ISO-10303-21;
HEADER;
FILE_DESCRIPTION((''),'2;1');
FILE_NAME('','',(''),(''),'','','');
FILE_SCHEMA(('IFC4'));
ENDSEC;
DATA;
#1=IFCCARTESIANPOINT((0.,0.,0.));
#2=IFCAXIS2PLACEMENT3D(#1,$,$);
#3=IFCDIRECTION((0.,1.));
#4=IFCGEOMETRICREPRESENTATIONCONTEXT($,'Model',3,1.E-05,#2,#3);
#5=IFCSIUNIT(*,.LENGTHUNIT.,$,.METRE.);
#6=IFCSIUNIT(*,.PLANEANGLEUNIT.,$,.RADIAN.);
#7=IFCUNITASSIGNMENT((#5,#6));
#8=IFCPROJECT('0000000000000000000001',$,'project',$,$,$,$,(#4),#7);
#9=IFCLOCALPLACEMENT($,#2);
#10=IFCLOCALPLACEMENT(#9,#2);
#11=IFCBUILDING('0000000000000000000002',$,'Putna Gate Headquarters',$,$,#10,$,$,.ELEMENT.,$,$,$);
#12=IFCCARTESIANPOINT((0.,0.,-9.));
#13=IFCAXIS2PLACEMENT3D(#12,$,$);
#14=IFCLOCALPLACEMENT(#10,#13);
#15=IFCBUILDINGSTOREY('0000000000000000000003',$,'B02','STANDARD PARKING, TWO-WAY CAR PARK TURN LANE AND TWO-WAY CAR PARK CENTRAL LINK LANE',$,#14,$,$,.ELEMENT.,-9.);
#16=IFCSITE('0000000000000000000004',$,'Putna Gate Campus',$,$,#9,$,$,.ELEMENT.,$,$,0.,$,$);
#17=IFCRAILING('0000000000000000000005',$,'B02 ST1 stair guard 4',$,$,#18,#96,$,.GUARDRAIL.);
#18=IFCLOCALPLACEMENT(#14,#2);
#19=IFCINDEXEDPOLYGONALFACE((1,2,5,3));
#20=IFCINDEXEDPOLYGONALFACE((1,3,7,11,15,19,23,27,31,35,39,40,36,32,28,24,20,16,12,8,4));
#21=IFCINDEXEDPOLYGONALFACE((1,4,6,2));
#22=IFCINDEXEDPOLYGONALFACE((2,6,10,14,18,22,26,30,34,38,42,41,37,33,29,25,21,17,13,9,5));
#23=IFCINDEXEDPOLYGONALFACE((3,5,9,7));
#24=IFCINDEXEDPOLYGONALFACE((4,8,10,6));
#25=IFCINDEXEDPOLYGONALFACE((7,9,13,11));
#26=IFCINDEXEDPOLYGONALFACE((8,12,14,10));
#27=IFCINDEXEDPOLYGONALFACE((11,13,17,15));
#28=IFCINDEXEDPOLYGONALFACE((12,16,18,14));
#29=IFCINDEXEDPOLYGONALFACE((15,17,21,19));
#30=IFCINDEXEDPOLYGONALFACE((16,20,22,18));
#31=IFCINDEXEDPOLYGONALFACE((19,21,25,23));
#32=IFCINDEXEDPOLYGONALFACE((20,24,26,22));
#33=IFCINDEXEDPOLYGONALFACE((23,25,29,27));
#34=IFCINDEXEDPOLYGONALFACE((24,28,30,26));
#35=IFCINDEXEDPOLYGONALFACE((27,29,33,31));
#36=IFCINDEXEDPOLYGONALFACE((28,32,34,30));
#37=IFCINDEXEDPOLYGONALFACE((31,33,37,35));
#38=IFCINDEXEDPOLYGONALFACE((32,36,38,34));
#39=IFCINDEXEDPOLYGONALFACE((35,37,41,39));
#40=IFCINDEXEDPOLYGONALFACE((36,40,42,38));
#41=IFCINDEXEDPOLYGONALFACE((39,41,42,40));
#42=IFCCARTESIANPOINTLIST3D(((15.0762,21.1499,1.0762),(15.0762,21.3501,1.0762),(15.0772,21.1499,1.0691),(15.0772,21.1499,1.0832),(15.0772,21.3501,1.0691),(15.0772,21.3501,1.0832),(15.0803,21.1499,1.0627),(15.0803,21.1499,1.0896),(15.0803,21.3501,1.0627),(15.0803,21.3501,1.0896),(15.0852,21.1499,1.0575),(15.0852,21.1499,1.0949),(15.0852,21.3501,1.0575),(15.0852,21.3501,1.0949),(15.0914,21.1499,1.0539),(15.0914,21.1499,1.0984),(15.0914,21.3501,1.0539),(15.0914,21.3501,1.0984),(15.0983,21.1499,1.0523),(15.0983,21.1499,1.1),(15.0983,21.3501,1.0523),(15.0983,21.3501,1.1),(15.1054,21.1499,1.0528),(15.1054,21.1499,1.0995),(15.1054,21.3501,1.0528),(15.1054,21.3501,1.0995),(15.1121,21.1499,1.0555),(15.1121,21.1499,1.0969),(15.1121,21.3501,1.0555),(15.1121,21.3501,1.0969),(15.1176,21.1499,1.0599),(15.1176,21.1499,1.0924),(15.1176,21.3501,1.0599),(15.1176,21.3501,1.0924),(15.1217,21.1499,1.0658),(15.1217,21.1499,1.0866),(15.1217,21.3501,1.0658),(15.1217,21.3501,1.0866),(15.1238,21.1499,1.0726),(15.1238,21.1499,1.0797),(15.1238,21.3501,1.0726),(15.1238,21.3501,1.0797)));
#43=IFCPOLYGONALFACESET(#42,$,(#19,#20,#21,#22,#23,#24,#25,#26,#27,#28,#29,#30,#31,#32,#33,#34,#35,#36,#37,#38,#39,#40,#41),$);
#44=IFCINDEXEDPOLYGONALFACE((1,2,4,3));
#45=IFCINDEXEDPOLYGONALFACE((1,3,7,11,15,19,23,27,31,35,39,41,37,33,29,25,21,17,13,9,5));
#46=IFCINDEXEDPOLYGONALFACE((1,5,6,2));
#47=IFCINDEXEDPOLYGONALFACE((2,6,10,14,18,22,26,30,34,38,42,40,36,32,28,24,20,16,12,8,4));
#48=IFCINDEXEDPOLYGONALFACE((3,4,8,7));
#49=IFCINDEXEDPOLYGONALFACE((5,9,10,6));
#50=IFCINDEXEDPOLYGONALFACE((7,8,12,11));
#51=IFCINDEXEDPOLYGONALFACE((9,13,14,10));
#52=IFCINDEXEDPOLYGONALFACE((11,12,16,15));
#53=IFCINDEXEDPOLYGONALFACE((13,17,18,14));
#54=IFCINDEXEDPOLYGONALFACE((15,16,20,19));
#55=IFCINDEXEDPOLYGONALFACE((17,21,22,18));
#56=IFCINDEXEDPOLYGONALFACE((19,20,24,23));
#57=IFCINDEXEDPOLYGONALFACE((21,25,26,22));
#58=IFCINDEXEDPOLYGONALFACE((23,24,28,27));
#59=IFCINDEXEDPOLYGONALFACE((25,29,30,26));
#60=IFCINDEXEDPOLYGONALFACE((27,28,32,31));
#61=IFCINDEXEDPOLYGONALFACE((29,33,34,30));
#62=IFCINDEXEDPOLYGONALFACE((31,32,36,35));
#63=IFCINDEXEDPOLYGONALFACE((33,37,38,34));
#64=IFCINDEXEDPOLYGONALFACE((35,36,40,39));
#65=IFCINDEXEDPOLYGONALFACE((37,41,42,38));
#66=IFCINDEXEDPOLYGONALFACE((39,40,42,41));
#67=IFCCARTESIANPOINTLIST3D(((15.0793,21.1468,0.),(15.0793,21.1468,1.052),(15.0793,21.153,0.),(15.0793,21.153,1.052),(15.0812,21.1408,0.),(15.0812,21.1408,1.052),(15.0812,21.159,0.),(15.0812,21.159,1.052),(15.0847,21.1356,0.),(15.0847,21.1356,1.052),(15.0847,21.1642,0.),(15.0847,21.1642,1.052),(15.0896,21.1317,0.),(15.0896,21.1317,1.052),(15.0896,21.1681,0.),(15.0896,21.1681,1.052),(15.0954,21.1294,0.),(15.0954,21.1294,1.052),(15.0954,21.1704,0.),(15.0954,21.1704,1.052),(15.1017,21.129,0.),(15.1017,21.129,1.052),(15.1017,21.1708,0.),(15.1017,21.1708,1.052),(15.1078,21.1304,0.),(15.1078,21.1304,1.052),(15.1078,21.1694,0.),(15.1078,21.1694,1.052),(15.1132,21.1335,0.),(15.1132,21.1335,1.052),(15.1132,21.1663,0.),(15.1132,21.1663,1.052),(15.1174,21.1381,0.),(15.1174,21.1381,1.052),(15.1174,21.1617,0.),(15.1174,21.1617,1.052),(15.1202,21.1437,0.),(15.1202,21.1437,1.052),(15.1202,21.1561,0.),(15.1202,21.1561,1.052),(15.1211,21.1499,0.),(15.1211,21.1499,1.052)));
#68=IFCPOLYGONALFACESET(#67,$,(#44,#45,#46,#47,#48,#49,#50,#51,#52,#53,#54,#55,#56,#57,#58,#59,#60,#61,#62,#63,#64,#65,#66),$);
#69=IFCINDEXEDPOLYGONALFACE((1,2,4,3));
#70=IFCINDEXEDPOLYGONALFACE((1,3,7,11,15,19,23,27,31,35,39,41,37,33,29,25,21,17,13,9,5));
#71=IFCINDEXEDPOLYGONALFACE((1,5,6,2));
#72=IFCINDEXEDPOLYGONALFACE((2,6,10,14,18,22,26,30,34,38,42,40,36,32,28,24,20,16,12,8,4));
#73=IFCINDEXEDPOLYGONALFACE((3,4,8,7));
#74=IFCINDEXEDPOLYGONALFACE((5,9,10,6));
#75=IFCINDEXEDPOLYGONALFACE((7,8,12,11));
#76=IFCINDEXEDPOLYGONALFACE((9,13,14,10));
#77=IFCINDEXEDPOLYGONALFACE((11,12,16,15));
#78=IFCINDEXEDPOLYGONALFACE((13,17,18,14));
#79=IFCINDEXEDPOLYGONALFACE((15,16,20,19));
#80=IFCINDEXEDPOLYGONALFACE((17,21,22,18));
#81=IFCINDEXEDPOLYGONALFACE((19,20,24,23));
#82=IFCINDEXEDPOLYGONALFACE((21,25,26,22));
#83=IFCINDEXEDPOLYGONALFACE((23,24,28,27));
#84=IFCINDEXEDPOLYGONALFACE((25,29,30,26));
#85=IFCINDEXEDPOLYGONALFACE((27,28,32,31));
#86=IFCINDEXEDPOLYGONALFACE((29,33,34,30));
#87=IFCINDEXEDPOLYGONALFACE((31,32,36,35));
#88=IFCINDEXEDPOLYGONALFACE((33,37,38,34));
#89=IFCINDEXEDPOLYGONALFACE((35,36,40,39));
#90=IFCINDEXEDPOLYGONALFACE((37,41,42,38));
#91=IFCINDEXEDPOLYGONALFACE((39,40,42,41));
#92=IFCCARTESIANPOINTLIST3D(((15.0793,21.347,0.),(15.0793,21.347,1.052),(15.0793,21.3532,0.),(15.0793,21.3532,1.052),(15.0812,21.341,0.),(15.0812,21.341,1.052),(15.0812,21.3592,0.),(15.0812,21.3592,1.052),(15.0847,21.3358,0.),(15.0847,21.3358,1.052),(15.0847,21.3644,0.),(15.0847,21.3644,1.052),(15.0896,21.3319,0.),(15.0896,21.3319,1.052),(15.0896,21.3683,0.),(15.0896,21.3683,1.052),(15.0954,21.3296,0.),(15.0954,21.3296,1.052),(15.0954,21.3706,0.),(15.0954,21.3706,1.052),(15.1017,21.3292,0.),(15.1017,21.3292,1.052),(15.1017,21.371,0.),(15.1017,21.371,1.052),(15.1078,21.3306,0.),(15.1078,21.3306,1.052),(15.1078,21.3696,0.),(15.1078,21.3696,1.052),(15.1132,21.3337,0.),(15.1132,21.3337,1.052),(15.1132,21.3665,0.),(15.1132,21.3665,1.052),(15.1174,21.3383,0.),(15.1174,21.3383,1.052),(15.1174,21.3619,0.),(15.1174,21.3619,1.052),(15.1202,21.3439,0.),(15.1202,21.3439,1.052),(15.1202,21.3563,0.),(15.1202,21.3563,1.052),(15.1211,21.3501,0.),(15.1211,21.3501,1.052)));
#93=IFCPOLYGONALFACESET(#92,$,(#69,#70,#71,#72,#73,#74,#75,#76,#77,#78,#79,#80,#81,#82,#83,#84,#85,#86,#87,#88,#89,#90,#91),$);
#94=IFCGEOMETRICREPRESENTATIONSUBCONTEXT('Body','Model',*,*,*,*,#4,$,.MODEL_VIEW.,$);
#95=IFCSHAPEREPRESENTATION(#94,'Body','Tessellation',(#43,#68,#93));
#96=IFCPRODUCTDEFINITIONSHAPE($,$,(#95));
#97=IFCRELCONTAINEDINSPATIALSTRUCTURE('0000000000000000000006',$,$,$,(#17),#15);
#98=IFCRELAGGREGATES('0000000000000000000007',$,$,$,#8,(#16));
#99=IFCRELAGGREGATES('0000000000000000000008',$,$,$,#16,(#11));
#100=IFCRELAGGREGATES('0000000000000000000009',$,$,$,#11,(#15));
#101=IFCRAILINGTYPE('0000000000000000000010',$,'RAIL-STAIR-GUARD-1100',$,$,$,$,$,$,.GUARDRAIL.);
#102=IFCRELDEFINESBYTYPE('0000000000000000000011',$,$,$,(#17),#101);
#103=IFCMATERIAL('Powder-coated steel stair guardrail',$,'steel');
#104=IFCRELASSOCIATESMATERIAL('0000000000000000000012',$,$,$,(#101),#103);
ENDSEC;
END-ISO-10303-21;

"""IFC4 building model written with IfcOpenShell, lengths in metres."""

from ifc_helpers import new_model, si_unit, direction, frame, origin, origin_2d, place, context, subcontext, project, spatial, circle, extrude, material, type_object, element, save


model = new_model("IFC4")

# Units and contexts
model_context = context("Model", 3, precision=1e-05, world=origin(), true_north=direction((0.0, 1.0)))
body_context = subcontext(model_context, "Body", "Model", "MODEL_VIEW")
ifc_project = project(units=[si_unit("LENGTHUNIT", "METRE"), si_unit("PLANEANGLEUNIT", "RADIAN")], contexts=[model_context])

# Site, building, storey
site_placement = place(None, origin())
site = spatial("IfcSite", under=ifc_project, at=site_placement, Name="Putna Gate Campus", CompositionType="ELEMENT", RefElevation=0.0)
building_placement = place(site_placement, origin())
building = spatial("IfcBuilding", under=site, at=building_placement, Name="Putna Gate Headquarters", CompositionType="ELEMENT")
storey_placement = place(building_placement, frame((0.0, 0.0, -9.0)))
storey = spatial("IfcBuildingStorey", under=building, at=storey_placement, Name="B02", Description="STANDARD PARKING, TWO-WAY CAR PARK TURN LANE AND TWO-WAY CAR PARK CENTRAL LINK LANE", CompositionType="ELEMENT", Elevation=-9.0)

# Railing
ifc_material_1 = material(Name="Powder-coated steel stair guardrail", Category="steel")
railing_type_1 = type_object("IfcRailingType", Name="RAIL-STAIR-GUARD-1100", PredefinedType="GUARDRAIL", material=ifc_material_1)
railing_1_placement = place(storey_placement, frame((15.1001, 21.1499, 0.0)))
element("IfcRailing", 1, at=railing_1_placement, inside=storey, type_object=railing_type_1, Name="B02 ST1 stair guard 4", PredefinedType="GUARDRAIL", context=body_context, shape_type="SweptSolid", body=[
    extrude(circle(Radius=0.0239, at=origin_2d()), frame((0.0, 0.0, 1.0762), z_axis=(0.0, 1.0, 0.0), x_axis=(-1.0, 0.0, 0.0)), (0.0, 0.0, 1.0), 0.2002),
    extrude(circle(Radius=0.021, at=origin_2d()), origin(), (0.0, 0.0, 1.0), 1.052),
    extrude(circle(Radius=0.021, at=origin_2d()), frame((0.0, 0.2002, 0.0)), (0.0, 0.0, 1.0), 1.052),
])

save(model, "model.ifc")
